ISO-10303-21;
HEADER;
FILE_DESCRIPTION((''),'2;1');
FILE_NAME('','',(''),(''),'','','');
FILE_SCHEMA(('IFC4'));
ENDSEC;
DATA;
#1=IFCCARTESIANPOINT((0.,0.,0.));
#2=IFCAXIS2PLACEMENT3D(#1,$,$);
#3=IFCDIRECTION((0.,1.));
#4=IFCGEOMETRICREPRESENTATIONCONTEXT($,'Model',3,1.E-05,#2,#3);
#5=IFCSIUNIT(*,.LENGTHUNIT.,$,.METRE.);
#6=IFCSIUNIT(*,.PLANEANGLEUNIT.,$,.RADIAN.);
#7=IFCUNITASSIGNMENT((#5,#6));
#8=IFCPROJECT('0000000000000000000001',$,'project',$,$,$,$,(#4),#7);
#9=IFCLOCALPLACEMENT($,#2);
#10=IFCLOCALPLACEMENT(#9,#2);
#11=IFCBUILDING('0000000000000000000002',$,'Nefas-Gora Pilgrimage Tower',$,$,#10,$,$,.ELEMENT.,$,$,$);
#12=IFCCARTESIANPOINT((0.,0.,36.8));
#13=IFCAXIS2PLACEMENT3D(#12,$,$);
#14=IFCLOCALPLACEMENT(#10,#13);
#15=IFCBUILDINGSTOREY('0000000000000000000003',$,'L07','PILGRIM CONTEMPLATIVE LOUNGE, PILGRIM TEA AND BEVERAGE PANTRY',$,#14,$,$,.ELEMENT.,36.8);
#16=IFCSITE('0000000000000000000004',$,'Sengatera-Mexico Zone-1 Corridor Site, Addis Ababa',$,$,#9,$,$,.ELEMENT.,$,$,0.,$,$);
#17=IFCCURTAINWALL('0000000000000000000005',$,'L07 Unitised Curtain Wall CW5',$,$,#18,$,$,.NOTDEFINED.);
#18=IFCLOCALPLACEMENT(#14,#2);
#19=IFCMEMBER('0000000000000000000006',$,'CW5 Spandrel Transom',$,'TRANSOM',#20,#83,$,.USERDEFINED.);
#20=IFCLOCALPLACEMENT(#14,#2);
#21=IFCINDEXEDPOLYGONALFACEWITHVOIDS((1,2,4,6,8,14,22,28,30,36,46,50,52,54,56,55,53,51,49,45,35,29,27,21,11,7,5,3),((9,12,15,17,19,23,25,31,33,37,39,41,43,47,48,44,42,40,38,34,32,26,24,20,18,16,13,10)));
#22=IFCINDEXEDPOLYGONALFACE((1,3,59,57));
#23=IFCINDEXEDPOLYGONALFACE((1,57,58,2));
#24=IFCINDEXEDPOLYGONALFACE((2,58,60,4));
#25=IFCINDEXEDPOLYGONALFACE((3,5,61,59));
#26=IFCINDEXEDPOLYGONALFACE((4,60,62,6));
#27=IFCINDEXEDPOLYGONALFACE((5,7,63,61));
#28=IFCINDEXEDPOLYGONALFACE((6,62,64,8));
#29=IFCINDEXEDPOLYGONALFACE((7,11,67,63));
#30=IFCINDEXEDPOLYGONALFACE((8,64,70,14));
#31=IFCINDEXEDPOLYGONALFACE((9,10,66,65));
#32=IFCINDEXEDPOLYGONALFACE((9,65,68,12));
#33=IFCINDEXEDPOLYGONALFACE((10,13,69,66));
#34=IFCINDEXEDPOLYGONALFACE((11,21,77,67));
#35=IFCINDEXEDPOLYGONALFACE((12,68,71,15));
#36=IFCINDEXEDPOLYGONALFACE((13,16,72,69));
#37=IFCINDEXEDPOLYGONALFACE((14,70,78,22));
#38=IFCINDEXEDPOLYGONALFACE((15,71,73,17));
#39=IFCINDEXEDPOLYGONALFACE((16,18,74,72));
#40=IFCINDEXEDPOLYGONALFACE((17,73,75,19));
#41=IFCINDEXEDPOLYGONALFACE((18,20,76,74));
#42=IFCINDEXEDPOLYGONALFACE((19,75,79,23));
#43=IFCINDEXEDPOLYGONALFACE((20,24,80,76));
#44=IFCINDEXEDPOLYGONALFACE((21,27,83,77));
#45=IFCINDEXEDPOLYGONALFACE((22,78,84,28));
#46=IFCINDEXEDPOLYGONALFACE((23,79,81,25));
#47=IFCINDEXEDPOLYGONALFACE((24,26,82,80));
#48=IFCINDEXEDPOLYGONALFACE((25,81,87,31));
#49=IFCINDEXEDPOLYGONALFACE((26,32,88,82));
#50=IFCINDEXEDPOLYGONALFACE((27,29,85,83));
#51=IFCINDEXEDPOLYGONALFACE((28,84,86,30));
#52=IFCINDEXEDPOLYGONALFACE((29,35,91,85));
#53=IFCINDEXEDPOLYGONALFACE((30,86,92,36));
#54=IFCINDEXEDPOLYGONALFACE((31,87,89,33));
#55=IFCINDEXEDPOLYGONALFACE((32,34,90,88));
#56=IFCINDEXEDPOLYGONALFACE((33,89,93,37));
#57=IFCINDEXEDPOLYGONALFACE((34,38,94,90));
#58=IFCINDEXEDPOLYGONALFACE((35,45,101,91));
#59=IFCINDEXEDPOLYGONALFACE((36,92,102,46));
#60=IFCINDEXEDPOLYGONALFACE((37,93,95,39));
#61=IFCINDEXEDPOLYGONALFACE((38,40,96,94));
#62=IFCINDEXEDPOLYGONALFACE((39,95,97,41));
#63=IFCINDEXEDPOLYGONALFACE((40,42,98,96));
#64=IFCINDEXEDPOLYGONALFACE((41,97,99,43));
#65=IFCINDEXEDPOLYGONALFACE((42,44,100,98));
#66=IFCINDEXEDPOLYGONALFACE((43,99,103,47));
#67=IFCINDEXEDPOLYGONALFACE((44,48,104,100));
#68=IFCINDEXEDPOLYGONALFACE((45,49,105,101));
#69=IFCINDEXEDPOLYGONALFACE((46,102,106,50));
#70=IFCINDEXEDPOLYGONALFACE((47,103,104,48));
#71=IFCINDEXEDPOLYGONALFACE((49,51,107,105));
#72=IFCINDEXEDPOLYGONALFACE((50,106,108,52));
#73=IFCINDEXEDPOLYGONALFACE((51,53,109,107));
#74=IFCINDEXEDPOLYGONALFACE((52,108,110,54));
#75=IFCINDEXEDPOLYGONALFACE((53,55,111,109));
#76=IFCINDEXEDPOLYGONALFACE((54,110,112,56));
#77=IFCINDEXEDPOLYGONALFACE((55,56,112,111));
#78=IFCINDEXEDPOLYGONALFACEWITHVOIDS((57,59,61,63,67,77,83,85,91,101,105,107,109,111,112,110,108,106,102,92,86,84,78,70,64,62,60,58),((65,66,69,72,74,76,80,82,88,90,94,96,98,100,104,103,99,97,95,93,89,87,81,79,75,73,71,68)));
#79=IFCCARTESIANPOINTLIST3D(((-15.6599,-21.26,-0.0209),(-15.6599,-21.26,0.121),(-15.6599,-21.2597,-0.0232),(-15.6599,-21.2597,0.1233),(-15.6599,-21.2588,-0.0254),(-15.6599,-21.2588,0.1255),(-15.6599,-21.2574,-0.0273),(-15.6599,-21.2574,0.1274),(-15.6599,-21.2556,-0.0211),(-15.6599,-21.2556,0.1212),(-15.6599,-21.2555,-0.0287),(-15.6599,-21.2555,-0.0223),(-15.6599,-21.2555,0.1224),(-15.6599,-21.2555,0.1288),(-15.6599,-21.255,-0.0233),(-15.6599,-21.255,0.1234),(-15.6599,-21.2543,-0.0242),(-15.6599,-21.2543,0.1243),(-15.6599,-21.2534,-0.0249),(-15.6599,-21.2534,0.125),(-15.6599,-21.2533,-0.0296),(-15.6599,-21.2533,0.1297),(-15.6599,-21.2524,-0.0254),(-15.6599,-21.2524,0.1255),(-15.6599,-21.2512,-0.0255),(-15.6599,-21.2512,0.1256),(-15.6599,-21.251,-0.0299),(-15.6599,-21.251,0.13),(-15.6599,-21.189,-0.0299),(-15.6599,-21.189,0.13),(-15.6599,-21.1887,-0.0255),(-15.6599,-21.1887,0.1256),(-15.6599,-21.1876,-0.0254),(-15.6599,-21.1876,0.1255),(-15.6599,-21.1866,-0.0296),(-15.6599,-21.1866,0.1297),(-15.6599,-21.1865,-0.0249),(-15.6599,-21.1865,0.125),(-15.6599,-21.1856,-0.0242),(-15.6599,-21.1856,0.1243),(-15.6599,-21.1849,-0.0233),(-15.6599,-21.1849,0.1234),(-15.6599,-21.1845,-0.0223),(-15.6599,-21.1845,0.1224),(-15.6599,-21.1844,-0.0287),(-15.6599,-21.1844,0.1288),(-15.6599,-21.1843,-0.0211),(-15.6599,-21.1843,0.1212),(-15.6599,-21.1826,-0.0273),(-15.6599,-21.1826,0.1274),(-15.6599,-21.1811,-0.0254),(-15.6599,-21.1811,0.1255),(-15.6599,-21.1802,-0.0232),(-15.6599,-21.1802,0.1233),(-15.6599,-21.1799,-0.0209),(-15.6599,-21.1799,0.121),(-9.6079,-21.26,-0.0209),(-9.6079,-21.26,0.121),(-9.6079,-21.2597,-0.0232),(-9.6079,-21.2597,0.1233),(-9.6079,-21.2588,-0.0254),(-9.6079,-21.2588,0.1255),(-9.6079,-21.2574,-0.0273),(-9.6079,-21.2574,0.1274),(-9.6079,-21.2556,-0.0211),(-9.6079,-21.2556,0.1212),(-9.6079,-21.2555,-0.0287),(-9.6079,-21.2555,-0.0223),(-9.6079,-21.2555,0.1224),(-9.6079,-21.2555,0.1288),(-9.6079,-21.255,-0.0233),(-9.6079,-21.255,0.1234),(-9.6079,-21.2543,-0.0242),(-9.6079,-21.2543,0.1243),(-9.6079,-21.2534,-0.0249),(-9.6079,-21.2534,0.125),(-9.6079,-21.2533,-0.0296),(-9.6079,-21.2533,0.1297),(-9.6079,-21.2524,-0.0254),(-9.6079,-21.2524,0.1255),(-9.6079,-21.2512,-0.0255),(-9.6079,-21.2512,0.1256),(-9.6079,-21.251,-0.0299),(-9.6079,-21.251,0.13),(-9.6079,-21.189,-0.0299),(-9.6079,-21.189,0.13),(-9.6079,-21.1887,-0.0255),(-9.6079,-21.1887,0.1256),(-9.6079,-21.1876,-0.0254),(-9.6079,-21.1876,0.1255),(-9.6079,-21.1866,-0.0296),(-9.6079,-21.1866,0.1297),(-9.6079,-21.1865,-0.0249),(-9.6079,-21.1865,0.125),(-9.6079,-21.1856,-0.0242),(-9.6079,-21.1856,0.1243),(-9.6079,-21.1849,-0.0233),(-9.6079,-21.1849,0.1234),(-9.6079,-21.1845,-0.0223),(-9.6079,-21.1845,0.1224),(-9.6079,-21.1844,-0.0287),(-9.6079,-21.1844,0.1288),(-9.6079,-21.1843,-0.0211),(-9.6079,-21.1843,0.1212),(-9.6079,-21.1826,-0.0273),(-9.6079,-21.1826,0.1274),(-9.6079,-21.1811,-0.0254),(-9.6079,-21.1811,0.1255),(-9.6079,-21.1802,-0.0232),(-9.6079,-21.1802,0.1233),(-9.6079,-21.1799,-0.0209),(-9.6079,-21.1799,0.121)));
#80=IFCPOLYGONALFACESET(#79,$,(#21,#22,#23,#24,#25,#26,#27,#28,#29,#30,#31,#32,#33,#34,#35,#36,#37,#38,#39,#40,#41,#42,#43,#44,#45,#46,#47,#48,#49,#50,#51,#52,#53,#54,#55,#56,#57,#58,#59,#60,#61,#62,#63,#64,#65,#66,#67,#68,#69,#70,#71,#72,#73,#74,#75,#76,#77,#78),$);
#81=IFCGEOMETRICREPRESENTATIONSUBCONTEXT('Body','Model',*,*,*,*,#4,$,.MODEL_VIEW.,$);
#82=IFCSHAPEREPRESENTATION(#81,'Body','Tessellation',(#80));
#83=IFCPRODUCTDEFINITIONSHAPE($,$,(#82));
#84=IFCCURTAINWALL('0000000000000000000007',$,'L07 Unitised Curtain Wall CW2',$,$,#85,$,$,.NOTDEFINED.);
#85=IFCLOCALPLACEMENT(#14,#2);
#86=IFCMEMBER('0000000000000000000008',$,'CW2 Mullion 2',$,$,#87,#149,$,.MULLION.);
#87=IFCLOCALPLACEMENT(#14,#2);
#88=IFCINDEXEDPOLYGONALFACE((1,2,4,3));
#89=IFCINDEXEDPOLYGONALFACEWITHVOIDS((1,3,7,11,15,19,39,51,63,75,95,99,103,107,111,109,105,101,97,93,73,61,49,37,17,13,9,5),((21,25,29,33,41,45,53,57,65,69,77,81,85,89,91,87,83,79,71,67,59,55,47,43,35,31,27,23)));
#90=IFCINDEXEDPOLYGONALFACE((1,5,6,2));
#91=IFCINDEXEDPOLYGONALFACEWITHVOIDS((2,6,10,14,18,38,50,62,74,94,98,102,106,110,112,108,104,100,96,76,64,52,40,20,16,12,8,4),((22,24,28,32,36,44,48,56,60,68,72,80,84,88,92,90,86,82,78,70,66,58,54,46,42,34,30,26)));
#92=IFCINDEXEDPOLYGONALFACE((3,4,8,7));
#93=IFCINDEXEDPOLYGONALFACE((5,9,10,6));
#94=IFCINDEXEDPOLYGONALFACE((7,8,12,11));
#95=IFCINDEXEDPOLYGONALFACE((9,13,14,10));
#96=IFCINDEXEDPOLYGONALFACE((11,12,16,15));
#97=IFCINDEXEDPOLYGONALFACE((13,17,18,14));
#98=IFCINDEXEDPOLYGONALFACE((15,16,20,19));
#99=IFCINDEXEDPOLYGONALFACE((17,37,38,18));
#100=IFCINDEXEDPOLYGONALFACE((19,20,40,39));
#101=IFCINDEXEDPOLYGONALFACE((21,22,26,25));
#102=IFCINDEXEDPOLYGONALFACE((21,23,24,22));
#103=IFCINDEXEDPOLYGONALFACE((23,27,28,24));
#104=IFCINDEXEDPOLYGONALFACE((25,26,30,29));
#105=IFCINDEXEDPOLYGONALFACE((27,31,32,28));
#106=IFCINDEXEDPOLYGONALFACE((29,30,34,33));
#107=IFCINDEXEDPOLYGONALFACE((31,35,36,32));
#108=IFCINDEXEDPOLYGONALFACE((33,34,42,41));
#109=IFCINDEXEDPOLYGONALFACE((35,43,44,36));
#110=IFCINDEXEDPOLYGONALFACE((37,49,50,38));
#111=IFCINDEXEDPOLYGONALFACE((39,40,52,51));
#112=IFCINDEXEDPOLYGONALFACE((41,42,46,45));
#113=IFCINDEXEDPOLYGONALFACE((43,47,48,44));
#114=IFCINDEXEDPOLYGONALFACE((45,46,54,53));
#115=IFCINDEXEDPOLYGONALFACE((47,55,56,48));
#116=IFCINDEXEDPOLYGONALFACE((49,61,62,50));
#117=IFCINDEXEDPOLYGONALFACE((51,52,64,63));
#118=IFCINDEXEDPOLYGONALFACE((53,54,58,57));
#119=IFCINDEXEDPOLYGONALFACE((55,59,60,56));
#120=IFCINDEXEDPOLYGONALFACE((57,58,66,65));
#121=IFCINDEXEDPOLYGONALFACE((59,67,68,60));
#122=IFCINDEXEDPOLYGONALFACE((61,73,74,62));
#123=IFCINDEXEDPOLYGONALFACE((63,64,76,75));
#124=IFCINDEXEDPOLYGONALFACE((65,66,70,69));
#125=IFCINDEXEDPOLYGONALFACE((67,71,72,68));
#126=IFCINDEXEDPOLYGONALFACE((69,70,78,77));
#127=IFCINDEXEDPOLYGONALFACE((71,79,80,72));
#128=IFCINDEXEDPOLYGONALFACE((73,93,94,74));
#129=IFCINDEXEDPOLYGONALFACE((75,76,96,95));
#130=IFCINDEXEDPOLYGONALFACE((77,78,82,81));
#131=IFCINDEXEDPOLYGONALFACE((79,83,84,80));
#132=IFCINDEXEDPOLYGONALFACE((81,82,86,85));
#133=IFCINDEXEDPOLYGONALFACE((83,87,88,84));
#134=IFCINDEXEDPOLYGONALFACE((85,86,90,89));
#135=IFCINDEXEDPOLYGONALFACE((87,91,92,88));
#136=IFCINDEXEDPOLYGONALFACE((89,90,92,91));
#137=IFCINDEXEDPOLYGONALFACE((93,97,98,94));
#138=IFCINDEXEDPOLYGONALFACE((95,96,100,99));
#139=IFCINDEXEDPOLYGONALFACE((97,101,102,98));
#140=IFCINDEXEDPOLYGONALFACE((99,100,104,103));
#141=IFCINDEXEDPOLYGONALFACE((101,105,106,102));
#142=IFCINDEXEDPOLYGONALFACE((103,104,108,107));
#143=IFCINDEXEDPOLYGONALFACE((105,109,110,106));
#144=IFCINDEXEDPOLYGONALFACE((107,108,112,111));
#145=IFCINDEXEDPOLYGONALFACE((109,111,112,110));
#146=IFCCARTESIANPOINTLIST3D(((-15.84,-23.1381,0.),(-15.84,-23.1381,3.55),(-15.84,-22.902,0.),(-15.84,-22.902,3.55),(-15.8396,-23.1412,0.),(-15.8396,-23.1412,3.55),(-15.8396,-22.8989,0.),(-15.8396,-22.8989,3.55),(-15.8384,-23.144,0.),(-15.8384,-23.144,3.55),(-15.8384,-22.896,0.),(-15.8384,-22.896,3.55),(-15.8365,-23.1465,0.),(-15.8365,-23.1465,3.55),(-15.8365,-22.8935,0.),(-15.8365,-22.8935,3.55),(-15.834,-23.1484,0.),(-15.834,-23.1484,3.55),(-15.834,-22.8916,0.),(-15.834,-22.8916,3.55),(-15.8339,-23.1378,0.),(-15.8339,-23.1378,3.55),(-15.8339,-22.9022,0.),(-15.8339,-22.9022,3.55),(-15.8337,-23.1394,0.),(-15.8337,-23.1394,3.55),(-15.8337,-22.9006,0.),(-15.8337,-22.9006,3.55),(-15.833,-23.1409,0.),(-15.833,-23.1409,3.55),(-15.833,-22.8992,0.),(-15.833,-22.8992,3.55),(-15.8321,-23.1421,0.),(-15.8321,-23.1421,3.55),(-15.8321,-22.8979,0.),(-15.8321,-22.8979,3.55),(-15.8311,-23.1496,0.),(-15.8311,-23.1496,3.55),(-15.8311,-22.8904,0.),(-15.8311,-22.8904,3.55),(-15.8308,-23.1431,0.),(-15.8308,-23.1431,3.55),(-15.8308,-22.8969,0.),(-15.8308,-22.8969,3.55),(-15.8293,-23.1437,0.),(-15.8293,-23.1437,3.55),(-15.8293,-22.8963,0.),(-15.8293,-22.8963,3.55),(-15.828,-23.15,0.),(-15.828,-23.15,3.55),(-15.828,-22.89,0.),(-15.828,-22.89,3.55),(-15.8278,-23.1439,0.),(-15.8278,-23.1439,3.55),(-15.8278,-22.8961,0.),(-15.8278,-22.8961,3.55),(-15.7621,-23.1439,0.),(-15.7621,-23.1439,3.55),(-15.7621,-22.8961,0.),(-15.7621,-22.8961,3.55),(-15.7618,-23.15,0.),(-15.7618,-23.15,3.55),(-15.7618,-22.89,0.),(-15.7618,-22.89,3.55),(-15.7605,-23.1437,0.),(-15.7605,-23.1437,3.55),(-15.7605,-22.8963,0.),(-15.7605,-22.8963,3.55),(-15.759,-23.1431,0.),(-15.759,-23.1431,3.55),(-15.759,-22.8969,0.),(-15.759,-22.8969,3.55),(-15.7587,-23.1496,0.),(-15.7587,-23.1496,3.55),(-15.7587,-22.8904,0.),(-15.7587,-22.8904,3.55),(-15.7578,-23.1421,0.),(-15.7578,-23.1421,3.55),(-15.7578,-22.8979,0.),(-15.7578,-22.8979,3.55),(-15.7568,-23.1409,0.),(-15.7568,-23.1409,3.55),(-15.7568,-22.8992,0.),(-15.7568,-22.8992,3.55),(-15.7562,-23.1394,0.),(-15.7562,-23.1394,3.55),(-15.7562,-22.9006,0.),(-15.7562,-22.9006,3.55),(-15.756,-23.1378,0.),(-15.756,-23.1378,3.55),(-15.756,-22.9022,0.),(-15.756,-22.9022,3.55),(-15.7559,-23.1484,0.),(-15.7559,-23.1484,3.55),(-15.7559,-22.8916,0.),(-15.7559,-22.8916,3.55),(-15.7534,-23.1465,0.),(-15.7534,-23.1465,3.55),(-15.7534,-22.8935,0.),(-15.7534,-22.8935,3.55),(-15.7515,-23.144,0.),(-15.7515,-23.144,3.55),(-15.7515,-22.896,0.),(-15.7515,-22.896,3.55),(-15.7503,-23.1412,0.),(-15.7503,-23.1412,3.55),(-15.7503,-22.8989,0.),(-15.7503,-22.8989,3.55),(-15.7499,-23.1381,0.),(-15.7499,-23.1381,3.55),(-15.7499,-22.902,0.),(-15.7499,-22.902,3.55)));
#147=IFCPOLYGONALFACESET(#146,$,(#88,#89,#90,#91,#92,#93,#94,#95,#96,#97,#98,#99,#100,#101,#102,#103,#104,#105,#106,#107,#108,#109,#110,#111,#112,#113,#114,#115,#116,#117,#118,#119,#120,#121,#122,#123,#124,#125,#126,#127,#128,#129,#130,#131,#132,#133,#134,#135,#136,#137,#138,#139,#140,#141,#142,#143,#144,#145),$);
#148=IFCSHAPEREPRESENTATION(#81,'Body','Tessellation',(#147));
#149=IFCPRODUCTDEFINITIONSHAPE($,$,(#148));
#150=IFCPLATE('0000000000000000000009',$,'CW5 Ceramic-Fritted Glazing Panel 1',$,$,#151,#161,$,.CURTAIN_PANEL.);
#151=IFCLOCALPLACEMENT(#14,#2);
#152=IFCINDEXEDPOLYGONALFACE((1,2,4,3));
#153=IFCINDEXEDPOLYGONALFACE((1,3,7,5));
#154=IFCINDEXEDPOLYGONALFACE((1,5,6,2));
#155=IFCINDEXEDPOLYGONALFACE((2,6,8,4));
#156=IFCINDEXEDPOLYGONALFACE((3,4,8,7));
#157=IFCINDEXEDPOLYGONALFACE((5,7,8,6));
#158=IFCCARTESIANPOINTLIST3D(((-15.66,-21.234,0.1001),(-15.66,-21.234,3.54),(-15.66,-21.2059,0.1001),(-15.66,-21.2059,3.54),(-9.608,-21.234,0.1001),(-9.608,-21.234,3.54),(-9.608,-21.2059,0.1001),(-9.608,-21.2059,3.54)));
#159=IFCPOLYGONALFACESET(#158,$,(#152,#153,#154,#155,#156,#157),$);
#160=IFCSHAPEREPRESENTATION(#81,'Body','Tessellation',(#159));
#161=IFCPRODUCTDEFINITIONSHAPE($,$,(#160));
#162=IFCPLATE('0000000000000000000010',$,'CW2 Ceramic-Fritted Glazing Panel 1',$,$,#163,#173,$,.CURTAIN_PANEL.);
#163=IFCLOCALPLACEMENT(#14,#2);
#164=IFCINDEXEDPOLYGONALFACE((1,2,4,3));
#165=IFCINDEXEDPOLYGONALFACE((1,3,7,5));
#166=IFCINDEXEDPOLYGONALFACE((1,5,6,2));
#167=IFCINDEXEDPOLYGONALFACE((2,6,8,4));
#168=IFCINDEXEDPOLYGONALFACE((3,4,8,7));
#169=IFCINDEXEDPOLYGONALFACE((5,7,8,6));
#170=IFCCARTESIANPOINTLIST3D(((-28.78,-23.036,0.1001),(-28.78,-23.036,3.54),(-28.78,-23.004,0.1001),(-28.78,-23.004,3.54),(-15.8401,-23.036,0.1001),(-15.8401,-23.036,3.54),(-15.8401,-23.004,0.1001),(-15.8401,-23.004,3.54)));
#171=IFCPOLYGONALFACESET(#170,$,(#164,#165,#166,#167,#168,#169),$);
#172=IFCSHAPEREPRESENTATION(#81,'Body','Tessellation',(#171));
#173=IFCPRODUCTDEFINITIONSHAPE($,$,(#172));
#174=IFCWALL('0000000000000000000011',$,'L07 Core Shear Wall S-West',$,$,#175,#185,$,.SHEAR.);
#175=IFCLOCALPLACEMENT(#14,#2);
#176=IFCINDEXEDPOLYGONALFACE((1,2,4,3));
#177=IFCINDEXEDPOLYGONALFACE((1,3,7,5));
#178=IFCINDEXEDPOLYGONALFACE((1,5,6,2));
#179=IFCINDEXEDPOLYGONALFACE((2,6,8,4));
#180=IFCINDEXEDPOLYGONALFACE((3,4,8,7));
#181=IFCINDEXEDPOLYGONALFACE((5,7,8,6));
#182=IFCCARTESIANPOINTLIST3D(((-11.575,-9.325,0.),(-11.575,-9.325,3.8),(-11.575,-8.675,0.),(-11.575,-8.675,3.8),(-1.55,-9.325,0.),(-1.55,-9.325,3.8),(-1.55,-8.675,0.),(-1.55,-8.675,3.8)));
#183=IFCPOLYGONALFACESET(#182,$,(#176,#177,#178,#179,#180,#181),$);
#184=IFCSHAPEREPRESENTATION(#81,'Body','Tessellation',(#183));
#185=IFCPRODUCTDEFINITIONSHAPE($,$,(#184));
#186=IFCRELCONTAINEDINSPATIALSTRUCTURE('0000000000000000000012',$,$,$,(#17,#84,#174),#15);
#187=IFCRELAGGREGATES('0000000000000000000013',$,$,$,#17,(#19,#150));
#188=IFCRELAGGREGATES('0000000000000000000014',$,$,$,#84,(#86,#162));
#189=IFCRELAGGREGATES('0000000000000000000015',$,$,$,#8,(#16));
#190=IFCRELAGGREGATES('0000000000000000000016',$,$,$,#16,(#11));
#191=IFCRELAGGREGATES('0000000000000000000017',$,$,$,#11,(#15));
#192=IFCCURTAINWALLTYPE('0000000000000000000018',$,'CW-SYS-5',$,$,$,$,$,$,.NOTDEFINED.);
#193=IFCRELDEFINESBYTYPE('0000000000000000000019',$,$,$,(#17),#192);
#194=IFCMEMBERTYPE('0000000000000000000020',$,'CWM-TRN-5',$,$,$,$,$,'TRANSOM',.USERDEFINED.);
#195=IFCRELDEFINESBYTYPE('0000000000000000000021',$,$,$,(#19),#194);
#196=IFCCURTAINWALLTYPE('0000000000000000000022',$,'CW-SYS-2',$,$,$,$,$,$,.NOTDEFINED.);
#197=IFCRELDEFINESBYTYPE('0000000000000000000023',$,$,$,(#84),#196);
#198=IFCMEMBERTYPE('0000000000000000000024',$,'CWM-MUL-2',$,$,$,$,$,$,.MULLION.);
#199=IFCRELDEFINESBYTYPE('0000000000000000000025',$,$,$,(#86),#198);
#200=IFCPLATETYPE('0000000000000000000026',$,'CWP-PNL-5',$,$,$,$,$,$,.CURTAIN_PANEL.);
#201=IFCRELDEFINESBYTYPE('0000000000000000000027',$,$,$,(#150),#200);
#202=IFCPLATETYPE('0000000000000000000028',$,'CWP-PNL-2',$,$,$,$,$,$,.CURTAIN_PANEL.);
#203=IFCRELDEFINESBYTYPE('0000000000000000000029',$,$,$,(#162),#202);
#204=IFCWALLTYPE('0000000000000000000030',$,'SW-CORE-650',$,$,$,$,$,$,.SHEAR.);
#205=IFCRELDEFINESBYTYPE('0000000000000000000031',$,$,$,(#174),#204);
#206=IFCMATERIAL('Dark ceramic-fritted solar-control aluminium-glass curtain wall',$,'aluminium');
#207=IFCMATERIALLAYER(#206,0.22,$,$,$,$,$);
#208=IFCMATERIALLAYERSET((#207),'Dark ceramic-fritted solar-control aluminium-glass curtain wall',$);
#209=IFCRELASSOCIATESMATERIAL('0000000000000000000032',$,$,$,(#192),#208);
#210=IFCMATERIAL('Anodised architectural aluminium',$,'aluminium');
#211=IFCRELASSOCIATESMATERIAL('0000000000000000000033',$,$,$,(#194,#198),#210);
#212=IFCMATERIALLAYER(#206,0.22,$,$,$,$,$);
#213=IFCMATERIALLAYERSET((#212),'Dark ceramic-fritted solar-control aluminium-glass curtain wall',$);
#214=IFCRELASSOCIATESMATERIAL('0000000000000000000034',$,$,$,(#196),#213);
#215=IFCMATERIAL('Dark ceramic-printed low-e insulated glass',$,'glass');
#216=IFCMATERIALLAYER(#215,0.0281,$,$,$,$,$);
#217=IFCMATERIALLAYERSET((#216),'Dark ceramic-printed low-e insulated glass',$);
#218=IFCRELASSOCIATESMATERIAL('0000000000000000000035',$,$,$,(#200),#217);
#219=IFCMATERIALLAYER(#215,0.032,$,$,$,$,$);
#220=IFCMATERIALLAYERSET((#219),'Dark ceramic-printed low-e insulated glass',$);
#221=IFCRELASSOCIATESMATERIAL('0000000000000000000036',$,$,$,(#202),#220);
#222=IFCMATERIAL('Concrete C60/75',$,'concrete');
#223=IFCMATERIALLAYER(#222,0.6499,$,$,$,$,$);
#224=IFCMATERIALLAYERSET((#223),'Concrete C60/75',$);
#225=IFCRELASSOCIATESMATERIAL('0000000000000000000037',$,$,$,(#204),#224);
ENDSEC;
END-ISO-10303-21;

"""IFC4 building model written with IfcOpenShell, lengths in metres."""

from ifc_helpers import new_model, si_unit, direction, frame, frame_2d, origin, origin_2d, place, context, subcontext, project, spatial, rectangle, hollow_rectangle, extrude, source, transform, mapped, material, layer, layer_set, material_profile, profile_set, type_object, element, aggregate, save


model = new_model("IFC4")

# Units and contexts
model_context = context("Model", 3, precision=1e-05, world=origin(), true_north=direction((0.0, 1.0)))
body_context = subcontext(model_context, "Body", "Model", "MODEL_VIEW")
ifc_project = project(units=[si_unit("LENGTHUNIT", "METRE"), si_unit("PLANEANGLEUNIT", "RADIAN")], contexts=[model_context])

# Site, building, storey
site_placement = place(None, origin())
site = spatial("IfcSite", under=ifc_project, at=site_placement, Name="Sengatera-Mexico Zone-1 Corridor Site, Addis Ababa", CompositionType="ELEMENT", RefElevation=0.0)
building_placement = place(site_placement, origin())
building = spatial("IfcBuilding", under=site, at=building_placement, Name="Nefas-Gora Pilgrimage Tower", CompositionType="ELEMENT")
storey_placement = place(building_placement, frame((0.0, 0.0, 36.8)))
storey = spatial("IfcBuildingStorey", under=building, at=storey_placement, Name="L07", Description="PILGRIM CONTEMPLATIVE LOUNGE, PILGRIM TEA AND BEVERAGE PANTRY", CompositionType="ELEMENT", Elevation=36.8)

# Curtain wall, member
ifc_material_1 = material(Name="Dark ceramic-fritted solar-control aluminium-glass curtain wall", Category="aluminium")
ifc_layer_1 = layer(ifc_material_1, 0.22)
ifc_layer_set_1 = layer_set([ifc_layer_1], Name="Dark ceramic-fritted solar-control aluminium-glass curtain wall")
curtain_wall_type_1 = type_object("IfcCurtainWallType", Name="CW-SYS-5", PredefinedType="NOTDEFINED", material=ifc_layer_set_1)
curtain_wall_1_placement = place(storey_placement, origin())
curtain_wall_1 = element("IfcCurtainWall", 1, at=curtain_wall_1_placement, inside=storey, type_object=curtain_wall_type_1, Name="L07 Unitised Curtain Wall CW5", PredefinedType="NOTDEFINED")
ifc_material_2 = material(Name="Anodised architectural aluminium", Category="aluminium")
ifc_material_profile_1 = material_profile(ifc_material_2, hollow_rectangle(XDim=0.0801, YDim=0.1599, WallThickness=0.0044, InnerFilletRadius=0.0044, OuterFilletRadius=0.009, at=origin_2d()), Name="ALU TRANSOM 80x160")
ifc_profile_set_1 = profile_set([ifc_material_profile_1], Name="Anodised architectural aluminium")
member_type_1 = type_object("IfcMemberType", Name="CWM-TRN-5", ElementType="TRANSOM", PredefinedType="USERDEFINED", material=ifc_profile_set_1)
shared_shape_1 = source(origin(), body_context, "Body", "SweptSolid", [
    extrude(hollow_rectangle(XDim=0.0801, YDim=0.1599, WallThickness=0.0044, InnerFilletRadius=0.0044, OuterFilletRadius=0.009, at=origin_2d()), origin(), (0.0, 0.0, 1.0), 6.052),
])
member_1_placement = place(storey_placement, frame((-15.6599, -21.22, 0.05), z_axis=(1.0, 0.0, 0.0), x_axis=(0.0, 1.0, 0.0)))
member_1 = element("IfcMember", 2, at=member_1_placement, type_object=member_type_1, Name="CW5 Spandrel Transom", ObjectType="TRANSOM", PredefinedType="USERDEFINED", context=body_context, shape_type="MappedRepresentation", body=[
    mapped(shared_shape_1, transform((0.0, 0.0, 0.0), x_axis=(1.0, 0.0, 0.0), y_axis=(0.0, 1.0, 0.0), z_axis=(0.0, 0.0, 1.0), scale=1.0)),
])

# Curtain wall, member
ifc_layer_2 = layer(ifc_material_1, 0.22)
ifc_layer_set_2 = layer_set([ifc_layer_2], Name="Dark ceramic-fritted solar-control aluminium-glass curtain wall")
curtain_wall_type_2 = type_object("IfcCurtainWallType", Name="CW-SYS-2", PredefinedType="NOTDEFINED", material=ifc_layer_set_2)
curtain_wall_2_placement = place(storey_placement, origin())
curtain_wall_2 = element("IfcCurtainWall", 3, at=curtain_wall_2_placement, inside=storey, type_object=curtain_wall_type_2, Name="L07 Unitised Curtain Wall CW2", PredefinedType="NOTDEFINED")
ifc_material_profile_2 = material_profile(ifc_material_2, hollow_rectangle(XDim=0.0901, YDim=0.26, WallThickness=0.0061, InnerFilletRadius=0.0061, OuterFilletRadius=0.012, at=origin_2d()), Name="ALU MULLION 90x260")
ifc_profile_set_2 = profile_set([ifc_material_profile_2], Name="Anodised architectural aluminium")
member_type_2 = type_object("IfcMemberType", Name="CWM-MUL-2", PredefinedType="MULLION", material=ifc_profile_set_2)
shared_shape_2 = source(origin(), body_context, "Body", "SweptSolid", [
    extrude(hollow_rectangle(XDim=0.0901, YDim=0.26, WallThickness=0.0061, InnerFilletRadius=0.0061, OuterFilletRadius=0.012, at=origin_2d()), origin(), (0.0, 0.0, 1.0), 3.55),
])
member_2_placement = place(storey_placement, frame((-15.7949, -23.02, 0.0), z_axis=(0.0, 0.0, 1.0), x_axis=(1.0, 0.0, 0.0)))
member_2 = element("IfcMember", 4, at=member_2_placement, type_object=member_type_2, Name="CW2 Mullion 2", PredefinedType="MULLION", context=body_context, shape_type="MappedRepresentation", body=[
    mapped(shared_shape_2, transform((0.0, 0.0, 0.0), x_axis=(1.0, 0.0, 0.0), y_axis=(0.0, 1.0, 0.0), z_axis=(0.0, 0.0, 1.0), scale=1.0)),
])

# Plates
ifc_material_3 = material(Name="Dark ceramic-printed low-e insulated glass", Category="glass")
ifc_layer_3 = layer(ifc_material_3, 0.0281)
ifc_layer_set_3 = layer_set([ifc_layer_3], Name="Dark ceramic-printed low-e insulated glass")
plate_type_1 = type_object("IfcPlateType", Name="CWP-PNL-5", PredefinedType="CURTAIN_PANEL", material=ifc_layer_set_3)
shared_shape_3 = source(origin(), body_context, "Body", "SweptSolid", [
    extrude(rectangle(XDim=6.052, YDim=0.0281, at=origin_2d()), origin(), (0.0, 0.0, 1.0), 3.4399),
])
plate_1_placement = place(storey_placement, frame((-12.634, -21.22, 0.1001), z_axis=(0.0, 0.0, 1.0), x_axis=(1.0, 0.0, 0.0)))
plate_1 = element("IfcPlate", 5, at=plate_1_placement, type_object=plate_type_1, Name="CW5 Ceramic-Fritted Glazing Panel 1", PredefinedType="CURTAIN_PANEL", context=body_context, shape_type="MappedRepresentation", body=[
    mapped(shared_shape_3, transform((0.0, 0.0, 0.0), x_axis=(1.0, 0.0, 0.0), y_axis=(0.0, 1.0, 0.0), z_axis=(0.0, 0.0, 1.0), scale=1.0)),
])
aggregate(curtain_wall_1, [member_1, plate_1])
ifc_layer_4 = layer(ifc_material_3, 0.032)
ifc_layer_set_4 = layer_set([ifc_layer_4], Name="Dark ceramic-printed low-e insulated glass")
plate_type_2 = type_object("IfcPlateType", Name="CWP-PNL-2", PredefinedType="CURTAIN_PANEL", material=ifc_layer_set_4)
shared_shape_4 = source(origin(), body_context, "Body", "SweptSolid", [
    extrude(rectangle(XDim=12.9399, YDim=0.032, at=origin_2d()), origin(), (0.0, 0.0, 1.0), 3.4399),
])
plate_2_placement = place(storey_placement, frame((-22.3101, -23.02, 0.1001), z_axis=(0.0, 0.0, 1.0), x_axis=(1.0, 0.0, 0.0)))
plate_2 = element("IfcPlate", 6, at=plate_2_placement, type_object=plate_type_2, Name="CW2 Ceramic-Fritted Glazing Panel 1", PredefinedType="CURTAIN_PANEL", context=body_context, shape_type="MappedRepresentation", body=[
    mapped(shared_shape_4, transform((0.0, 0.0, 0.0), x_axis=(1.0, 0.0, 0.0), y_axis=(0.0, 1.0, 0.0), z_axis=(0.0, 0.0, 1.0), scale=1.0)),
])
aggregate(curtain_wall_2, [member_2, plate_2])

# Wall
ifc_material_4 = material(Name="Concrete C60/75", Category="concrete")
ifc_layer_5 = layer(ifc_material_4, 0.6499)
ifc_layer_set_5 = layer_set([ifc_layer_5], Name="Concrete C60/75")
wall_type_1 = type_object("IfcWallType", Name="SW-CORE-650", PredefinedType="SHEAR", material=ifc_layer_set_5)
shared_shape_5 = source(origin(), body_context, "Body", "SweptSolid", [
    extrude(rectangle(XDim=10.0249, YDim=0.6499, at=frame_2d((5.0125, 0.0))), origin(), (0.0, 0.0, 1.0), 3.8),
])
wall_1_placement = place(storey_placement, frame((-11.575, -9.0, 0.0), z_axis=(0.0, 0.0, 1.0), x_axis=(1.0, 0.0, 0.0)))
element("IfcWall", 7, at=wall_1_placement, inside=storey, type_object=wall_type_1, Name="L07 Core Shear Wall S-West", PredefinedType="SHEAR", context=body_context, shape_type="MappedRepresentation", body=[
    mapped(shared_shape_5, transform((0.0, 0.0, 0.0), x_axis=(1.0, 0.0, 0.0), y_axis=(0.0, 1.0, 0.0), z_axis=(0.0, 0.0, 1.0), scale=1.0)),
])

save(model, "model.ifc")
